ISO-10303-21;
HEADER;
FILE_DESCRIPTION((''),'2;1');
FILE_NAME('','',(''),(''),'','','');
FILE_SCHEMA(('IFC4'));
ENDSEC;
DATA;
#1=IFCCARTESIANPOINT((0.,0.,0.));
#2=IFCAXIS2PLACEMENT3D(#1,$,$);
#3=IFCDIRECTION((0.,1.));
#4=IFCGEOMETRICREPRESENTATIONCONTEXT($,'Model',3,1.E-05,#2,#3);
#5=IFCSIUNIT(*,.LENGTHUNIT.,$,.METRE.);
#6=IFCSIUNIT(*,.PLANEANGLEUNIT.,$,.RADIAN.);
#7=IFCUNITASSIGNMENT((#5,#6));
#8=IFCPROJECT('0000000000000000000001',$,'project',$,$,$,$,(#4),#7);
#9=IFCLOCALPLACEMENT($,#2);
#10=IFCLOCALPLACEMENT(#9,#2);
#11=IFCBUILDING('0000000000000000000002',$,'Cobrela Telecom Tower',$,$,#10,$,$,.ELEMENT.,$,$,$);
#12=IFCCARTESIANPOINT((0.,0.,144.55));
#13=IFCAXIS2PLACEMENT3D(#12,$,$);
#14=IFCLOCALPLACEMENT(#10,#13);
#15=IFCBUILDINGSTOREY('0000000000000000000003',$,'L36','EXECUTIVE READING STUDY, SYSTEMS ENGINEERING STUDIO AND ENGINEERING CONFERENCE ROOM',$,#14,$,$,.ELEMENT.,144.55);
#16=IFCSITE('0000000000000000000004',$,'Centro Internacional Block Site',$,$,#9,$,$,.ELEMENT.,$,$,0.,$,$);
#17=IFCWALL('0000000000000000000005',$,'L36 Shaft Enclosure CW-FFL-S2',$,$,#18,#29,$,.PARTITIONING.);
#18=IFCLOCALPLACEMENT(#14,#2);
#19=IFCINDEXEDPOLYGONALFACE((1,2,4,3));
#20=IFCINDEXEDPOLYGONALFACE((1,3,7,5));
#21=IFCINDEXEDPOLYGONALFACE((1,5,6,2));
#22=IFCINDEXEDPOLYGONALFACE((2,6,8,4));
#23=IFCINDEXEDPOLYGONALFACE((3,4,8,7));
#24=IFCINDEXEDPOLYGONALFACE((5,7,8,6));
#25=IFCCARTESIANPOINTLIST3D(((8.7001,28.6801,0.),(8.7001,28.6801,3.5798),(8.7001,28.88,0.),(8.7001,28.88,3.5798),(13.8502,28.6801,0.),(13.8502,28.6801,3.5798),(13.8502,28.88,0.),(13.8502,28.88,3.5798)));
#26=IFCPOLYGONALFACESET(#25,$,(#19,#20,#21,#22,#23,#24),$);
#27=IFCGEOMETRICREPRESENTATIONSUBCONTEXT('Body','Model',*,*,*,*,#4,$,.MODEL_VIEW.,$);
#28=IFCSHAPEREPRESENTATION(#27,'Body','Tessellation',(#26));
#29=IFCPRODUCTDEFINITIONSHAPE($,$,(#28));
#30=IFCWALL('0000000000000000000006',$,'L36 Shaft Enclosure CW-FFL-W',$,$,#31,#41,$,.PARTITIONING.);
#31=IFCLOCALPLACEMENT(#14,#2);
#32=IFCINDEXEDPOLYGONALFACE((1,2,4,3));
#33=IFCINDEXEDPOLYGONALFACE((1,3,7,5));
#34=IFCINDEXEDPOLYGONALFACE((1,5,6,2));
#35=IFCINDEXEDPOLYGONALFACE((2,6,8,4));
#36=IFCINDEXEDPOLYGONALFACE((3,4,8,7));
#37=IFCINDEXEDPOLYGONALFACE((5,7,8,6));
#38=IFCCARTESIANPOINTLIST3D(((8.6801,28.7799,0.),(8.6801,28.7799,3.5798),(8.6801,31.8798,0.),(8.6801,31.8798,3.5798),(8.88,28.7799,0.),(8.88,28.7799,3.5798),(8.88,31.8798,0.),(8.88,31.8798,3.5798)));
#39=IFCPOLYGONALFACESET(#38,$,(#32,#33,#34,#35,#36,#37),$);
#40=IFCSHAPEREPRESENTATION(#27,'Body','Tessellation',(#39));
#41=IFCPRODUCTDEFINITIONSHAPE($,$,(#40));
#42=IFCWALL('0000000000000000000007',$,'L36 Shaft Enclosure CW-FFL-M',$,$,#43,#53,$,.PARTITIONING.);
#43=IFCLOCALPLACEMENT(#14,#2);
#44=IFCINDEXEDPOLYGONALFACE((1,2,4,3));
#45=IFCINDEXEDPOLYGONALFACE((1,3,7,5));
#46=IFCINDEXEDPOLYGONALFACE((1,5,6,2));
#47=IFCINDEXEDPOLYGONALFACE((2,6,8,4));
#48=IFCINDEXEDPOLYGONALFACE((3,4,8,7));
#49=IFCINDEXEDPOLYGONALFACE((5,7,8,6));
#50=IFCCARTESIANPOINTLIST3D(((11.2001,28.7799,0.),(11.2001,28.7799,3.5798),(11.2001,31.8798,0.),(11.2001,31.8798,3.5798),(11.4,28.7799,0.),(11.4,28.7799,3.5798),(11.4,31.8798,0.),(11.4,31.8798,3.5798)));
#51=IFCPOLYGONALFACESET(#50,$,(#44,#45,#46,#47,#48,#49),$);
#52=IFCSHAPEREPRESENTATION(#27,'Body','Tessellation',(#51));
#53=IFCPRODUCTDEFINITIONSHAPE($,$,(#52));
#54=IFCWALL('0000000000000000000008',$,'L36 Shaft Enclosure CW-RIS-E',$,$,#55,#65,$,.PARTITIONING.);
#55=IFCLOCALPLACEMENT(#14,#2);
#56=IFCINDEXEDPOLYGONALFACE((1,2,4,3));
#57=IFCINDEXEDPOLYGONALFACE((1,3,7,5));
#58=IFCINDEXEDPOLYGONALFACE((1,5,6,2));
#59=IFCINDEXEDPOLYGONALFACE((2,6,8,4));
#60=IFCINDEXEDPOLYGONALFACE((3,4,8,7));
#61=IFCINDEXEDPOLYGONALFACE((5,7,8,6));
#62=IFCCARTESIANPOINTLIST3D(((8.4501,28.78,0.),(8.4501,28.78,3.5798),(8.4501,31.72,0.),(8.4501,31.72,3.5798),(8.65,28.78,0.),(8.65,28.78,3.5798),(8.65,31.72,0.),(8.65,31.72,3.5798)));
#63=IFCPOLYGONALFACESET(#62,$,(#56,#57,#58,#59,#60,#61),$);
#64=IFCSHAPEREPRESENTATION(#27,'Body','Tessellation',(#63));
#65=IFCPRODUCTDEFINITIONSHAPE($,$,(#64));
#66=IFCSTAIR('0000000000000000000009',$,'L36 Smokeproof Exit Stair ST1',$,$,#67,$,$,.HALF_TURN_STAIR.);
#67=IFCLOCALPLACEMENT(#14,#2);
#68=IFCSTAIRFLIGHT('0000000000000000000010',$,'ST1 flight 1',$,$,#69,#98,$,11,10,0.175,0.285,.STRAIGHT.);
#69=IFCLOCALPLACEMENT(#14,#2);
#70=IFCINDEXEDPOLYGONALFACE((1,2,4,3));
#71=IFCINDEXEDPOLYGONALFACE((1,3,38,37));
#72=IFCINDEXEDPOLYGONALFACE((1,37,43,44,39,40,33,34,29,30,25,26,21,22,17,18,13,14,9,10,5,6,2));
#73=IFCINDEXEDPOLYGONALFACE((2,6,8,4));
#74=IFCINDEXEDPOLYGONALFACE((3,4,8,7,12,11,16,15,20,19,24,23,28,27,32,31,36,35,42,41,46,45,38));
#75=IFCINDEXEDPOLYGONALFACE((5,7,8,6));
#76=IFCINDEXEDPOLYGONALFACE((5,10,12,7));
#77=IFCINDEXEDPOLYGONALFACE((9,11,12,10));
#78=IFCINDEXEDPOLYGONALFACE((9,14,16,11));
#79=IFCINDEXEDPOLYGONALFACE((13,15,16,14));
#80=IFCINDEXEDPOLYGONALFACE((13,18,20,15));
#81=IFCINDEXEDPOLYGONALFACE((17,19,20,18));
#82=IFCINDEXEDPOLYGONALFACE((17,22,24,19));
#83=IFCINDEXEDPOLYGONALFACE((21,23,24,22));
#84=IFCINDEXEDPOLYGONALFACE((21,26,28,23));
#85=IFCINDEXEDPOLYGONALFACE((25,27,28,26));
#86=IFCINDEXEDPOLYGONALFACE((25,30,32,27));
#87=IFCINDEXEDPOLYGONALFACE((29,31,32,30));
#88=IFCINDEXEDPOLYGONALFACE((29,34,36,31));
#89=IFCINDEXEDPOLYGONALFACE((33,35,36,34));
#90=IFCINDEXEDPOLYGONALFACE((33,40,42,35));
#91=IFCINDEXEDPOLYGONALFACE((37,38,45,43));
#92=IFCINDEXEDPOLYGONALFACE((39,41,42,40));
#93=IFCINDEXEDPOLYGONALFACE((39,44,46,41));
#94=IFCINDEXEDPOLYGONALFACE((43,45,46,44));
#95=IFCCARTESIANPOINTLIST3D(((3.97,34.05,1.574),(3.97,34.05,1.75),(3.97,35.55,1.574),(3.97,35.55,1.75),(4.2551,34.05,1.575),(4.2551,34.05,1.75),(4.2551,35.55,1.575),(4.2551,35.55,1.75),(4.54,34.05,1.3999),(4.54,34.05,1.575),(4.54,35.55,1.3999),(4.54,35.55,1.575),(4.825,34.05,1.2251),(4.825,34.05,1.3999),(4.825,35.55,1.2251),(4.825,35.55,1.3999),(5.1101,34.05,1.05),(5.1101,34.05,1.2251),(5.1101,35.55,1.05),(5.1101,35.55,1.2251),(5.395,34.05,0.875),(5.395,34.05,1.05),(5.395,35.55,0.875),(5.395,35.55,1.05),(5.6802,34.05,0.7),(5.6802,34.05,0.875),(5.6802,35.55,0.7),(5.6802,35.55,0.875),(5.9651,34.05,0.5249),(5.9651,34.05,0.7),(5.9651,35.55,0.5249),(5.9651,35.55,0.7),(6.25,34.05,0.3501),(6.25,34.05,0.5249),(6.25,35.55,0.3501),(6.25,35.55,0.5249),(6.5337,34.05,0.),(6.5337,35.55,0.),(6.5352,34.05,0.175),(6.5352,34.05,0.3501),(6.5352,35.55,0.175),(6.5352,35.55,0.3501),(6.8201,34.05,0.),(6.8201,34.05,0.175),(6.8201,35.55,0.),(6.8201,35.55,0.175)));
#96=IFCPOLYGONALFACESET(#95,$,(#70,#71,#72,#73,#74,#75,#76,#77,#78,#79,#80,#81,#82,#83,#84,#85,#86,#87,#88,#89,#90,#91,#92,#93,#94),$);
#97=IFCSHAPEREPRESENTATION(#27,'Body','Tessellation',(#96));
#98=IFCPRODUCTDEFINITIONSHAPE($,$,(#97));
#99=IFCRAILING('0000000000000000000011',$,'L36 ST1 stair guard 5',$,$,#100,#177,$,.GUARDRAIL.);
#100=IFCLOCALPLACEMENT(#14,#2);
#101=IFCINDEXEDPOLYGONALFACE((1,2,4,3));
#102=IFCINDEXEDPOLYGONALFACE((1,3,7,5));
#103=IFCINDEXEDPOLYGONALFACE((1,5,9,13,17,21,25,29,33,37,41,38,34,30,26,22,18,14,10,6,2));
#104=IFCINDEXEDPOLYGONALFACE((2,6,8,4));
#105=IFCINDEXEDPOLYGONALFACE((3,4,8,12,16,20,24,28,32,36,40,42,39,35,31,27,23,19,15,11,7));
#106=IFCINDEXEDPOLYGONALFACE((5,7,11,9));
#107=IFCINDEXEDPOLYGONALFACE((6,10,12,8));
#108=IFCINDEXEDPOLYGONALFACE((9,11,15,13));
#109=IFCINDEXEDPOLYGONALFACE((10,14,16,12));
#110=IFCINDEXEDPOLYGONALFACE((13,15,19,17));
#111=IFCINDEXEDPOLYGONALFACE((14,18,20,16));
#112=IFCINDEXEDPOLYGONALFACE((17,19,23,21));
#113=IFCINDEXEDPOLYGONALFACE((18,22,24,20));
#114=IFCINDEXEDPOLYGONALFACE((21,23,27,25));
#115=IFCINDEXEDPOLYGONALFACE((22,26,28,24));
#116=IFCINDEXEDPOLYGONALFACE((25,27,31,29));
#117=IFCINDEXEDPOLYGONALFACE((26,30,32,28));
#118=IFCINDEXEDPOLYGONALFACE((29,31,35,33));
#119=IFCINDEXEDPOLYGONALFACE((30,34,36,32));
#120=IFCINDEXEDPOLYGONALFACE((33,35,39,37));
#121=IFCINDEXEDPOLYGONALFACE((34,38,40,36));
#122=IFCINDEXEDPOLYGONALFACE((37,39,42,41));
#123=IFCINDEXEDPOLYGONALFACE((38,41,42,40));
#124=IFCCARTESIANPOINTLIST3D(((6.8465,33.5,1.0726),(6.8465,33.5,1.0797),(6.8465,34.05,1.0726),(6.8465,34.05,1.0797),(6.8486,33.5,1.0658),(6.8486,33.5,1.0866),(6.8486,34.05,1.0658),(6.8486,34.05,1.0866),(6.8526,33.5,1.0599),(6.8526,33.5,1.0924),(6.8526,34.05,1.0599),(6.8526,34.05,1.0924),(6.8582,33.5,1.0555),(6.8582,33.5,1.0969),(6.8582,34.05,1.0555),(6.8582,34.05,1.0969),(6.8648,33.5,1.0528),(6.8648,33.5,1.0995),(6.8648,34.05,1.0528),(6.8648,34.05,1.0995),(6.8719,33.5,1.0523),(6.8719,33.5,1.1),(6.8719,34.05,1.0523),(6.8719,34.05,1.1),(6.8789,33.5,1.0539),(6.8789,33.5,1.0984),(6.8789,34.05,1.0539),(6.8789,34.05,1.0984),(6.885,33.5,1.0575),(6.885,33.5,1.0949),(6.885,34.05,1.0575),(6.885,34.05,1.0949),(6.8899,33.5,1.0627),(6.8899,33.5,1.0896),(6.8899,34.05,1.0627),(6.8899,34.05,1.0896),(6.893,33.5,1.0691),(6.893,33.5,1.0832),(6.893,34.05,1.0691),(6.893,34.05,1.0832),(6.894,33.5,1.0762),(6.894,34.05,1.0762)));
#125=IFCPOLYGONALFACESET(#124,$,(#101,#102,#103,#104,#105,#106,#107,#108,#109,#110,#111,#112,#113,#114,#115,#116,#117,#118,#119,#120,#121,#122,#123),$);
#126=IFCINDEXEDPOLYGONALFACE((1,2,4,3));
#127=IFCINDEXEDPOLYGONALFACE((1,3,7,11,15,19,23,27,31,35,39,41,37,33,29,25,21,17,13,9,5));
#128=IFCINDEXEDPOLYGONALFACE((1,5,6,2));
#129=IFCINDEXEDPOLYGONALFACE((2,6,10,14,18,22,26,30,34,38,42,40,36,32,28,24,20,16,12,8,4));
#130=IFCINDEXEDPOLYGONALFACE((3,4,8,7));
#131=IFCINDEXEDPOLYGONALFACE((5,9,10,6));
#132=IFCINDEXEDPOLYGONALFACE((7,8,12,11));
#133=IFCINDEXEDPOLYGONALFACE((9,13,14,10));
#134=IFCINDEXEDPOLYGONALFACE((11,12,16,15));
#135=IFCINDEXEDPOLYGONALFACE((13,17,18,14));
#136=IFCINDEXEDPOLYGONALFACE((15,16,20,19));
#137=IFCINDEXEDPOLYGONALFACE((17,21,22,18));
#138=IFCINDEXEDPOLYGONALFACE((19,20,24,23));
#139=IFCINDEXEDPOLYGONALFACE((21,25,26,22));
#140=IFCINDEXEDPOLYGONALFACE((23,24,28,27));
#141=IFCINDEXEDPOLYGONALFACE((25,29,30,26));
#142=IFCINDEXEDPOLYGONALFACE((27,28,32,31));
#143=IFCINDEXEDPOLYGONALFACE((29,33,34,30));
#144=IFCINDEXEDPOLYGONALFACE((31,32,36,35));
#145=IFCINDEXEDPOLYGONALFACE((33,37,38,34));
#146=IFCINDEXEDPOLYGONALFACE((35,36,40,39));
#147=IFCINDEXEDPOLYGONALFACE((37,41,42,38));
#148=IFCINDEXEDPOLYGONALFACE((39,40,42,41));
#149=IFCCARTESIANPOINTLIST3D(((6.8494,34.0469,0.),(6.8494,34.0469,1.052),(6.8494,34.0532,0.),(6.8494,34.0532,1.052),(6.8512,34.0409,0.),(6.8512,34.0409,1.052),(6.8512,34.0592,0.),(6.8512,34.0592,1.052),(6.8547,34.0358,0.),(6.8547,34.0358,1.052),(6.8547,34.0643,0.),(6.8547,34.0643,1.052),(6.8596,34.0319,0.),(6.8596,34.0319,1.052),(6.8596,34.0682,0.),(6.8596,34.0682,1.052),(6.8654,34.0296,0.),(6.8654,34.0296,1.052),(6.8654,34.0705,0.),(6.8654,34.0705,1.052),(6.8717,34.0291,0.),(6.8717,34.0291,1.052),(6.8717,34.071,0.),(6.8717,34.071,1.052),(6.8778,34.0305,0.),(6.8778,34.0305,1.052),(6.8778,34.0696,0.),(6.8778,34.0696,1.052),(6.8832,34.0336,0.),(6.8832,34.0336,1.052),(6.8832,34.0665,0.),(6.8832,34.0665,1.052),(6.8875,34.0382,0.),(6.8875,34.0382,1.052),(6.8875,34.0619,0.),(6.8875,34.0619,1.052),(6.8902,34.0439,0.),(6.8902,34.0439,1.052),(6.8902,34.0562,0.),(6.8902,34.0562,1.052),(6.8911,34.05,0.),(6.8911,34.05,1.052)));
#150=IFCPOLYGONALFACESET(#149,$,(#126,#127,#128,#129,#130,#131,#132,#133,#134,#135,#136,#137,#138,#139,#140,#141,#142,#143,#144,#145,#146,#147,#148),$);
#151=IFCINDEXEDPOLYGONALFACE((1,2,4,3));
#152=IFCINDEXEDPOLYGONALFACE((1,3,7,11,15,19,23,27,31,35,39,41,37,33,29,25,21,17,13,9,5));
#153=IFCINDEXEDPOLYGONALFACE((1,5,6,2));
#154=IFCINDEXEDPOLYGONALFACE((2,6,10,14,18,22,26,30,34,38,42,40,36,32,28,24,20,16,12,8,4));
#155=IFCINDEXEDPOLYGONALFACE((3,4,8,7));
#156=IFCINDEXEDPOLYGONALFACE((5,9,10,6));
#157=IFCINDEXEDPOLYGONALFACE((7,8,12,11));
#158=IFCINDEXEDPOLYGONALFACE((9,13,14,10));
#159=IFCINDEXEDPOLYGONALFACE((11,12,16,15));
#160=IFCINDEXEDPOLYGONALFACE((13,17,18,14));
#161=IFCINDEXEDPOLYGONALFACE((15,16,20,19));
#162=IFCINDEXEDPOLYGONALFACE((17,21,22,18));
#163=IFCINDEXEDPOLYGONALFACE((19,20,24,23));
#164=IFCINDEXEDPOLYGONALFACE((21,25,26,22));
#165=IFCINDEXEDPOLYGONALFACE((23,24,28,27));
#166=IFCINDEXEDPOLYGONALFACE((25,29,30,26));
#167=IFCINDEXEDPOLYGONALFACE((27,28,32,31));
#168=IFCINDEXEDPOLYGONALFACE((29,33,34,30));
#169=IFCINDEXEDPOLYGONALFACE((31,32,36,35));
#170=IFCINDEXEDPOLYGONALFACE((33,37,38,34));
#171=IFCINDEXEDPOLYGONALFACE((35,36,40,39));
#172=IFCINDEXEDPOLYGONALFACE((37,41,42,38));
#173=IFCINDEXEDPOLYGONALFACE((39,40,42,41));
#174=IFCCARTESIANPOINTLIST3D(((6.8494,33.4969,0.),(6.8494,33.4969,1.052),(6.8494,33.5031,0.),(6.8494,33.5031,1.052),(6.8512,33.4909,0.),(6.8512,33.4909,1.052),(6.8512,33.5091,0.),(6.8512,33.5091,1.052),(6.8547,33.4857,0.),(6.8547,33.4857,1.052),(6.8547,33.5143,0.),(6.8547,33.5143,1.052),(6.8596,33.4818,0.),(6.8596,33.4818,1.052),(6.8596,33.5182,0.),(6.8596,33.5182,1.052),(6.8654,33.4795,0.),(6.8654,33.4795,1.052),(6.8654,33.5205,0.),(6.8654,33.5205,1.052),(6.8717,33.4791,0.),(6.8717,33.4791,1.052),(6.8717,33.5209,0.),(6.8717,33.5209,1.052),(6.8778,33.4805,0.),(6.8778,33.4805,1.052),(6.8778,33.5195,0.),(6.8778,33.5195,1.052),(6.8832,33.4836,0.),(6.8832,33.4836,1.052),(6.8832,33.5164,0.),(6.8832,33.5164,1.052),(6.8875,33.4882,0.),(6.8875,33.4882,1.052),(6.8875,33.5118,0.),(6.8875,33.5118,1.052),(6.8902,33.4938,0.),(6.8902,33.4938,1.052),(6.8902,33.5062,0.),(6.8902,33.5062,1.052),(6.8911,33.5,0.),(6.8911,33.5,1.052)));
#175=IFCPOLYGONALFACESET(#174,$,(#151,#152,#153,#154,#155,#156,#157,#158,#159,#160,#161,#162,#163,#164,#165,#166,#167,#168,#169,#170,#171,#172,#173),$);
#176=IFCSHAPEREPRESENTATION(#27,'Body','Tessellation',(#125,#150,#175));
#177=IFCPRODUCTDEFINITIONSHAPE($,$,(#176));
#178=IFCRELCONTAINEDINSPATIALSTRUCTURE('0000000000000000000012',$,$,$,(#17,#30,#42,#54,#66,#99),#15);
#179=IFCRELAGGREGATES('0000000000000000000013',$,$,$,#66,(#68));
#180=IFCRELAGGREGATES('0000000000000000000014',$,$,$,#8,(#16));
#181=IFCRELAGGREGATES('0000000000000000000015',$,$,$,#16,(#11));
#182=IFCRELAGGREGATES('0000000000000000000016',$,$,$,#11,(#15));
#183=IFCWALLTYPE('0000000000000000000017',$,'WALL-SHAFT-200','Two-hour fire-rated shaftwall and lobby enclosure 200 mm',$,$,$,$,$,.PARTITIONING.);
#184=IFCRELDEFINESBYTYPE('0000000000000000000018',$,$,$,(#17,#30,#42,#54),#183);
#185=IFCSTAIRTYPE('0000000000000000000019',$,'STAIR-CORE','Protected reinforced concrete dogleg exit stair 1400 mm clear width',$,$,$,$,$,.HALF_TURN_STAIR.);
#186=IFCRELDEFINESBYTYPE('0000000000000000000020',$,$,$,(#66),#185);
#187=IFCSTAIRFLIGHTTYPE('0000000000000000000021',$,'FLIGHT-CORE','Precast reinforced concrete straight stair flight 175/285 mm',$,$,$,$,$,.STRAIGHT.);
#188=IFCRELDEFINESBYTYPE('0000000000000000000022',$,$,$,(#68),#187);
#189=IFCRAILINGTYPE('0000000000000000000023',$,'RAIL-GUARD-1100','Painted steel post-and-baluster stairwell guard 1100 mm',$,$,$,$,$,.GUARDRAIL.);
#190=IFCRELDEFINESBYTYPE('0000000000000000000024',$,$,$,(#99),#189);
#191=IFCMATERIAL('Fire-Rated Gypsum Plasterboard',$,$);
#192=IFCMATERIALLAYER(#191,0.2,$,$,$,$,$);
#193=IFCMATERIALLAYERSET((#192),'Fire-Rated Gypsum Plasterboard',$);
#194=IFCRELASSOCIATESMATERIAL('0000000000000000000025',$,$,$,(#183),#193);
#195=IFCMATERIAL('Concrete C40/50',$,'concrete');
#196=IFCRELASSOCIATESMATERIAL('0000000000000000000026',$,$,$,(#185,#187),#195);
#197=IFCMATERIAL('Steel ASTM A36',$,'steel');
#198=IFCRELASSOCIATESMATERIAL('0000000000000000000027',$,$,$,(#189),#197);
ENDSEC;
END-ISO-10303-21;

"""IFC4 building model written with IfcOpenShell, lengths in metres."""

from ifc_helpers import new_model, si_unit, direction, frame, frame_2d, origin, origin_2d, place, context, subcontext, project, spatial, polyline, rectangle, circle, outline, extrude, material, layer, layer_set, type_object, element, aggregate, save


model = new_model("IFC4")

# Units and contexts
model_context = context("Model", 3, precision=1e-05, world=origin(), true_north=direction((0.0, 1.0)))
body_context = subcontext(model_context, "Body", "Model", "MODEL_VIEW")
ifc_project = project(units=[si_unit("LENGTHUNIT", "METRE"), si_unit("PLANEANGLEUNIT", "RADIAN")], contexts=[model_context])

# Site, building, storey
site_placement = place(None, origin())
site = spatial("IfcSite", under=ifc_project, at=site_placement, Name="Centro Internacional Block Site", CompositionType="ELEMENT", RefElevation=0.0)
building_placement = place(site_placement, origin())
building = spatial("IfcBuilding", under=site, at=building_placement, Name="Cobrela Telecom Tower", CompositionType="ELEMENT")
storey_placement = place(building_placement, frame((0.0, 0.0, 144.55)))
storey = spatial("IfcBuildingStorey", under=building, at=storey_placement, Name="L36", Description="EXECUTIVE READING STUDY, SYSTEMS ENGINEERING STUDIO AND ENGINEERING CONFERENCE ROOM", CompositionType="ELEMENT", Elevation=144.55)

# Shared definitions
ifc_material_1 = material(Name="Concrete C40/50", Category="concrete")

# Shared definitions
ifc_material_2 = material(Name="Steel ASTM A36", Category="steel")

# Shared definitions
ifc_material_3 = material(Name="Fire-Rated Gypsum Plasterboard")

# Shared definitions
ifc_layer_1 = layer(ifc_material_3, 0.2)
ifc_layer_set_1 = layer_set([ifc_layer_1], Name="Fire-Rated Gypsum Plasterboard")
wall_type_1 = type_object("IfcWallType", Name="WALL-SHAFT-200", Description="Two-hour fire-rated shaftwall and lobby enclosure 200 mm", PredefinedType="PARTITIONING", material=ifc_layer_set_1)

# Walls
wall_1_placement = place(storey_placement, frame((8.7, 28.78, 0.0), z_axis=(0.0, 0.0, 1.0), x_axis=(1.0, 0.0, 0.0)))
element("IfcWall", 1, at=wall_1_placement, inside=storey, type_object=wall_type_1, Name="L36 Shaft Enclosure CW-FFL-S2", PredefinedType="PARTITIONING", context=body_context, shape_type="SweptSolid", body=[
    extrude(rectangle(XDim=5.1501, YDim=0.2, at=frame_2d((2.5752, 0.0))), origin(), (0.0, 0.0, 1.0), 3.5798),
])
for number, where, z_axis, x_axis, name in (
    (2, (8.78, 28.78, 0.0), (0.0, 0.0, 1.0), (0.0, 1.0, 0.0), "L36 Shaft Enclosure CW-FFL-W"),
    (3, (11.3, 28.78, 0.0), (0.0, 0.0, 1.0), (0.0, 1.0, 0.0), "L36 Shaft Enclosure CW-FFL-M"),
):
    element("IfcWall", number, at=place(storey_placement, frame(where, z_axis=z_axis, x_axis=x_axis)), inside=storey, type_object=wall_type_1, Name=name, PredefinedType="PARTITIONING", context=body_context, shape_type="SweptSolid", body=[
        extrude(rectangle(XDim=3.0999, YDim=0.2, at=frame_2d((1.5498, 0.0))), origin(), (0.0, 0.0, 1.0), 3.5798),
    ])
wall_2_placement = place(storey_placement, frame((8.55, 28.78, 0.0), z_axis=(0.0, 0.0, 1.0), x_axis=(0.0, 1.0, 0.0)))
element("IfcWall", 4, at=wall_2_placement, inside=storey, type_object=wall_type_1, Name="L36 Shaft Enclosure CW-RIS-E", PredefinedType="PARTITIONING", context=body_context, shape_type="SweptSolid", body=[
    extrude(rectangle(XDim=2.9399, YDim=0.2, at=frame_2d((1.47, 0.0))), origin(), (0.0, 0.0, 1.0), 3.5798),
])

# Stair, stair flight
stair_type = type_object("IfcStairType", Name="STAIR-CORE", Description="Protected reinforced concrete dogleg exit stair 1400 mm clear width", PredefinedType="HALF_TURN_STAIR", material=ifc_material_1)
stair_placement = place(storey_placement, origin())
stair = element("IfcStair", 5, at=stair_placement, inside=storey, type_object=stair_type, Name="L36 Smokeproof Exit Stair ST1", PredefinedType="HALF_TURN_STAIR")
stair_flight_type = type_object("IfcStairFlightType", Name="FLIGHT-CORE", Description="Precast reinforced concrete straight stair flight 175/285 mm", PredefinedType="STRAIGHT", material=ifc_material_1)
stair_flight_placement = place(storey_placement, frame((6.8201, 34.8, 0.0), z_axis=(0.0, 0.0, 1.0), x_axis=(-1.0, 0.0, 0.0)))
stair_flight = element("IfcStairFlight", 6, at=stair_flight_placement, type_object=stair_flight_type, Name="ST1 flight 1", NumberOfRisers=11, NumberOfTreads=10, PredefinedType="STRAIGHT", RiserHeight=0.175, TreadLength=0.285, context=body_context, shape_type="SweptSolid", body=[
    extrude(outline(polyline([(0.0, 0.0), (0.0, 0.175), (0.2849, 0.175), (0.2849, 0.3501), (0.5701, 0.3501), (0.5701, 0.5249), (0.855, 0.5249), (0.855, 0.7), (1.1399, 0.7), (1.1399, 0.875), (1.425, 0.875), (1.425, 1.05), (1.71, 1.05), (1.71, 1.2251), (1.9951, 1.2251), (1.9951, 1.3999), (2.28, 1.3999), (2.28, 1.575), (2.5649, 1.575), (2.5649, 1.75), (2.8501, 1.75), (2.8501, 1.925), (2.8501, 1.574), (0.2864, 0.0), (0.0, 0.0)])), frame((0.0, 0.75, 0.0), z_axis=(0.0, -1.0, 0.0), x_axis=(1.0, 0.0, 0.0)), (0.0, 0.0, 1.0), 1.5),
])
aggregate(stair, [stair_flight])

# Railing
railing_type_1 = type_object("IfcRailingType", Name="RAIL-GUARD-1100", Description="Painted steel post-and-baluster stairwell guard 1100 mm", PredefinedType="GUARDRAIL", material=ifc_material_2)
railing_1_placement = place(storey_placement, frame((6.8701, 34.05, 0.0)))
element("IfcRailing", 7, at=railing_1_placement, inside=storey, type_object=railing_type_1, Name="L36 ST1 stair guard 5", PredefinedType="GUARDRAIL", context=body_context, shape_type="SweptSolid", body=[
    extrude(circle(Radius=0.0239, at=origin_2d()), frame((0.0, 0.0, 1.0762), z_axis=(0.0, -1.0, 0.0), x_axis=(1.0, 0.0, 0.0)), (0.0, 0.0, 1.0), 0.55),
    extrude(circle(Radius=0.021, at=origin_2d()), origin(), (0.0, 0.0, 1.0), 1.052),
    extrude(circle(Radius=0.021, at=origin_2d()), frame((0.0, -0.55, 0.0)), (0.0, 0.0, 1.0), 1.052),
])

save(model, "model.ifc")
